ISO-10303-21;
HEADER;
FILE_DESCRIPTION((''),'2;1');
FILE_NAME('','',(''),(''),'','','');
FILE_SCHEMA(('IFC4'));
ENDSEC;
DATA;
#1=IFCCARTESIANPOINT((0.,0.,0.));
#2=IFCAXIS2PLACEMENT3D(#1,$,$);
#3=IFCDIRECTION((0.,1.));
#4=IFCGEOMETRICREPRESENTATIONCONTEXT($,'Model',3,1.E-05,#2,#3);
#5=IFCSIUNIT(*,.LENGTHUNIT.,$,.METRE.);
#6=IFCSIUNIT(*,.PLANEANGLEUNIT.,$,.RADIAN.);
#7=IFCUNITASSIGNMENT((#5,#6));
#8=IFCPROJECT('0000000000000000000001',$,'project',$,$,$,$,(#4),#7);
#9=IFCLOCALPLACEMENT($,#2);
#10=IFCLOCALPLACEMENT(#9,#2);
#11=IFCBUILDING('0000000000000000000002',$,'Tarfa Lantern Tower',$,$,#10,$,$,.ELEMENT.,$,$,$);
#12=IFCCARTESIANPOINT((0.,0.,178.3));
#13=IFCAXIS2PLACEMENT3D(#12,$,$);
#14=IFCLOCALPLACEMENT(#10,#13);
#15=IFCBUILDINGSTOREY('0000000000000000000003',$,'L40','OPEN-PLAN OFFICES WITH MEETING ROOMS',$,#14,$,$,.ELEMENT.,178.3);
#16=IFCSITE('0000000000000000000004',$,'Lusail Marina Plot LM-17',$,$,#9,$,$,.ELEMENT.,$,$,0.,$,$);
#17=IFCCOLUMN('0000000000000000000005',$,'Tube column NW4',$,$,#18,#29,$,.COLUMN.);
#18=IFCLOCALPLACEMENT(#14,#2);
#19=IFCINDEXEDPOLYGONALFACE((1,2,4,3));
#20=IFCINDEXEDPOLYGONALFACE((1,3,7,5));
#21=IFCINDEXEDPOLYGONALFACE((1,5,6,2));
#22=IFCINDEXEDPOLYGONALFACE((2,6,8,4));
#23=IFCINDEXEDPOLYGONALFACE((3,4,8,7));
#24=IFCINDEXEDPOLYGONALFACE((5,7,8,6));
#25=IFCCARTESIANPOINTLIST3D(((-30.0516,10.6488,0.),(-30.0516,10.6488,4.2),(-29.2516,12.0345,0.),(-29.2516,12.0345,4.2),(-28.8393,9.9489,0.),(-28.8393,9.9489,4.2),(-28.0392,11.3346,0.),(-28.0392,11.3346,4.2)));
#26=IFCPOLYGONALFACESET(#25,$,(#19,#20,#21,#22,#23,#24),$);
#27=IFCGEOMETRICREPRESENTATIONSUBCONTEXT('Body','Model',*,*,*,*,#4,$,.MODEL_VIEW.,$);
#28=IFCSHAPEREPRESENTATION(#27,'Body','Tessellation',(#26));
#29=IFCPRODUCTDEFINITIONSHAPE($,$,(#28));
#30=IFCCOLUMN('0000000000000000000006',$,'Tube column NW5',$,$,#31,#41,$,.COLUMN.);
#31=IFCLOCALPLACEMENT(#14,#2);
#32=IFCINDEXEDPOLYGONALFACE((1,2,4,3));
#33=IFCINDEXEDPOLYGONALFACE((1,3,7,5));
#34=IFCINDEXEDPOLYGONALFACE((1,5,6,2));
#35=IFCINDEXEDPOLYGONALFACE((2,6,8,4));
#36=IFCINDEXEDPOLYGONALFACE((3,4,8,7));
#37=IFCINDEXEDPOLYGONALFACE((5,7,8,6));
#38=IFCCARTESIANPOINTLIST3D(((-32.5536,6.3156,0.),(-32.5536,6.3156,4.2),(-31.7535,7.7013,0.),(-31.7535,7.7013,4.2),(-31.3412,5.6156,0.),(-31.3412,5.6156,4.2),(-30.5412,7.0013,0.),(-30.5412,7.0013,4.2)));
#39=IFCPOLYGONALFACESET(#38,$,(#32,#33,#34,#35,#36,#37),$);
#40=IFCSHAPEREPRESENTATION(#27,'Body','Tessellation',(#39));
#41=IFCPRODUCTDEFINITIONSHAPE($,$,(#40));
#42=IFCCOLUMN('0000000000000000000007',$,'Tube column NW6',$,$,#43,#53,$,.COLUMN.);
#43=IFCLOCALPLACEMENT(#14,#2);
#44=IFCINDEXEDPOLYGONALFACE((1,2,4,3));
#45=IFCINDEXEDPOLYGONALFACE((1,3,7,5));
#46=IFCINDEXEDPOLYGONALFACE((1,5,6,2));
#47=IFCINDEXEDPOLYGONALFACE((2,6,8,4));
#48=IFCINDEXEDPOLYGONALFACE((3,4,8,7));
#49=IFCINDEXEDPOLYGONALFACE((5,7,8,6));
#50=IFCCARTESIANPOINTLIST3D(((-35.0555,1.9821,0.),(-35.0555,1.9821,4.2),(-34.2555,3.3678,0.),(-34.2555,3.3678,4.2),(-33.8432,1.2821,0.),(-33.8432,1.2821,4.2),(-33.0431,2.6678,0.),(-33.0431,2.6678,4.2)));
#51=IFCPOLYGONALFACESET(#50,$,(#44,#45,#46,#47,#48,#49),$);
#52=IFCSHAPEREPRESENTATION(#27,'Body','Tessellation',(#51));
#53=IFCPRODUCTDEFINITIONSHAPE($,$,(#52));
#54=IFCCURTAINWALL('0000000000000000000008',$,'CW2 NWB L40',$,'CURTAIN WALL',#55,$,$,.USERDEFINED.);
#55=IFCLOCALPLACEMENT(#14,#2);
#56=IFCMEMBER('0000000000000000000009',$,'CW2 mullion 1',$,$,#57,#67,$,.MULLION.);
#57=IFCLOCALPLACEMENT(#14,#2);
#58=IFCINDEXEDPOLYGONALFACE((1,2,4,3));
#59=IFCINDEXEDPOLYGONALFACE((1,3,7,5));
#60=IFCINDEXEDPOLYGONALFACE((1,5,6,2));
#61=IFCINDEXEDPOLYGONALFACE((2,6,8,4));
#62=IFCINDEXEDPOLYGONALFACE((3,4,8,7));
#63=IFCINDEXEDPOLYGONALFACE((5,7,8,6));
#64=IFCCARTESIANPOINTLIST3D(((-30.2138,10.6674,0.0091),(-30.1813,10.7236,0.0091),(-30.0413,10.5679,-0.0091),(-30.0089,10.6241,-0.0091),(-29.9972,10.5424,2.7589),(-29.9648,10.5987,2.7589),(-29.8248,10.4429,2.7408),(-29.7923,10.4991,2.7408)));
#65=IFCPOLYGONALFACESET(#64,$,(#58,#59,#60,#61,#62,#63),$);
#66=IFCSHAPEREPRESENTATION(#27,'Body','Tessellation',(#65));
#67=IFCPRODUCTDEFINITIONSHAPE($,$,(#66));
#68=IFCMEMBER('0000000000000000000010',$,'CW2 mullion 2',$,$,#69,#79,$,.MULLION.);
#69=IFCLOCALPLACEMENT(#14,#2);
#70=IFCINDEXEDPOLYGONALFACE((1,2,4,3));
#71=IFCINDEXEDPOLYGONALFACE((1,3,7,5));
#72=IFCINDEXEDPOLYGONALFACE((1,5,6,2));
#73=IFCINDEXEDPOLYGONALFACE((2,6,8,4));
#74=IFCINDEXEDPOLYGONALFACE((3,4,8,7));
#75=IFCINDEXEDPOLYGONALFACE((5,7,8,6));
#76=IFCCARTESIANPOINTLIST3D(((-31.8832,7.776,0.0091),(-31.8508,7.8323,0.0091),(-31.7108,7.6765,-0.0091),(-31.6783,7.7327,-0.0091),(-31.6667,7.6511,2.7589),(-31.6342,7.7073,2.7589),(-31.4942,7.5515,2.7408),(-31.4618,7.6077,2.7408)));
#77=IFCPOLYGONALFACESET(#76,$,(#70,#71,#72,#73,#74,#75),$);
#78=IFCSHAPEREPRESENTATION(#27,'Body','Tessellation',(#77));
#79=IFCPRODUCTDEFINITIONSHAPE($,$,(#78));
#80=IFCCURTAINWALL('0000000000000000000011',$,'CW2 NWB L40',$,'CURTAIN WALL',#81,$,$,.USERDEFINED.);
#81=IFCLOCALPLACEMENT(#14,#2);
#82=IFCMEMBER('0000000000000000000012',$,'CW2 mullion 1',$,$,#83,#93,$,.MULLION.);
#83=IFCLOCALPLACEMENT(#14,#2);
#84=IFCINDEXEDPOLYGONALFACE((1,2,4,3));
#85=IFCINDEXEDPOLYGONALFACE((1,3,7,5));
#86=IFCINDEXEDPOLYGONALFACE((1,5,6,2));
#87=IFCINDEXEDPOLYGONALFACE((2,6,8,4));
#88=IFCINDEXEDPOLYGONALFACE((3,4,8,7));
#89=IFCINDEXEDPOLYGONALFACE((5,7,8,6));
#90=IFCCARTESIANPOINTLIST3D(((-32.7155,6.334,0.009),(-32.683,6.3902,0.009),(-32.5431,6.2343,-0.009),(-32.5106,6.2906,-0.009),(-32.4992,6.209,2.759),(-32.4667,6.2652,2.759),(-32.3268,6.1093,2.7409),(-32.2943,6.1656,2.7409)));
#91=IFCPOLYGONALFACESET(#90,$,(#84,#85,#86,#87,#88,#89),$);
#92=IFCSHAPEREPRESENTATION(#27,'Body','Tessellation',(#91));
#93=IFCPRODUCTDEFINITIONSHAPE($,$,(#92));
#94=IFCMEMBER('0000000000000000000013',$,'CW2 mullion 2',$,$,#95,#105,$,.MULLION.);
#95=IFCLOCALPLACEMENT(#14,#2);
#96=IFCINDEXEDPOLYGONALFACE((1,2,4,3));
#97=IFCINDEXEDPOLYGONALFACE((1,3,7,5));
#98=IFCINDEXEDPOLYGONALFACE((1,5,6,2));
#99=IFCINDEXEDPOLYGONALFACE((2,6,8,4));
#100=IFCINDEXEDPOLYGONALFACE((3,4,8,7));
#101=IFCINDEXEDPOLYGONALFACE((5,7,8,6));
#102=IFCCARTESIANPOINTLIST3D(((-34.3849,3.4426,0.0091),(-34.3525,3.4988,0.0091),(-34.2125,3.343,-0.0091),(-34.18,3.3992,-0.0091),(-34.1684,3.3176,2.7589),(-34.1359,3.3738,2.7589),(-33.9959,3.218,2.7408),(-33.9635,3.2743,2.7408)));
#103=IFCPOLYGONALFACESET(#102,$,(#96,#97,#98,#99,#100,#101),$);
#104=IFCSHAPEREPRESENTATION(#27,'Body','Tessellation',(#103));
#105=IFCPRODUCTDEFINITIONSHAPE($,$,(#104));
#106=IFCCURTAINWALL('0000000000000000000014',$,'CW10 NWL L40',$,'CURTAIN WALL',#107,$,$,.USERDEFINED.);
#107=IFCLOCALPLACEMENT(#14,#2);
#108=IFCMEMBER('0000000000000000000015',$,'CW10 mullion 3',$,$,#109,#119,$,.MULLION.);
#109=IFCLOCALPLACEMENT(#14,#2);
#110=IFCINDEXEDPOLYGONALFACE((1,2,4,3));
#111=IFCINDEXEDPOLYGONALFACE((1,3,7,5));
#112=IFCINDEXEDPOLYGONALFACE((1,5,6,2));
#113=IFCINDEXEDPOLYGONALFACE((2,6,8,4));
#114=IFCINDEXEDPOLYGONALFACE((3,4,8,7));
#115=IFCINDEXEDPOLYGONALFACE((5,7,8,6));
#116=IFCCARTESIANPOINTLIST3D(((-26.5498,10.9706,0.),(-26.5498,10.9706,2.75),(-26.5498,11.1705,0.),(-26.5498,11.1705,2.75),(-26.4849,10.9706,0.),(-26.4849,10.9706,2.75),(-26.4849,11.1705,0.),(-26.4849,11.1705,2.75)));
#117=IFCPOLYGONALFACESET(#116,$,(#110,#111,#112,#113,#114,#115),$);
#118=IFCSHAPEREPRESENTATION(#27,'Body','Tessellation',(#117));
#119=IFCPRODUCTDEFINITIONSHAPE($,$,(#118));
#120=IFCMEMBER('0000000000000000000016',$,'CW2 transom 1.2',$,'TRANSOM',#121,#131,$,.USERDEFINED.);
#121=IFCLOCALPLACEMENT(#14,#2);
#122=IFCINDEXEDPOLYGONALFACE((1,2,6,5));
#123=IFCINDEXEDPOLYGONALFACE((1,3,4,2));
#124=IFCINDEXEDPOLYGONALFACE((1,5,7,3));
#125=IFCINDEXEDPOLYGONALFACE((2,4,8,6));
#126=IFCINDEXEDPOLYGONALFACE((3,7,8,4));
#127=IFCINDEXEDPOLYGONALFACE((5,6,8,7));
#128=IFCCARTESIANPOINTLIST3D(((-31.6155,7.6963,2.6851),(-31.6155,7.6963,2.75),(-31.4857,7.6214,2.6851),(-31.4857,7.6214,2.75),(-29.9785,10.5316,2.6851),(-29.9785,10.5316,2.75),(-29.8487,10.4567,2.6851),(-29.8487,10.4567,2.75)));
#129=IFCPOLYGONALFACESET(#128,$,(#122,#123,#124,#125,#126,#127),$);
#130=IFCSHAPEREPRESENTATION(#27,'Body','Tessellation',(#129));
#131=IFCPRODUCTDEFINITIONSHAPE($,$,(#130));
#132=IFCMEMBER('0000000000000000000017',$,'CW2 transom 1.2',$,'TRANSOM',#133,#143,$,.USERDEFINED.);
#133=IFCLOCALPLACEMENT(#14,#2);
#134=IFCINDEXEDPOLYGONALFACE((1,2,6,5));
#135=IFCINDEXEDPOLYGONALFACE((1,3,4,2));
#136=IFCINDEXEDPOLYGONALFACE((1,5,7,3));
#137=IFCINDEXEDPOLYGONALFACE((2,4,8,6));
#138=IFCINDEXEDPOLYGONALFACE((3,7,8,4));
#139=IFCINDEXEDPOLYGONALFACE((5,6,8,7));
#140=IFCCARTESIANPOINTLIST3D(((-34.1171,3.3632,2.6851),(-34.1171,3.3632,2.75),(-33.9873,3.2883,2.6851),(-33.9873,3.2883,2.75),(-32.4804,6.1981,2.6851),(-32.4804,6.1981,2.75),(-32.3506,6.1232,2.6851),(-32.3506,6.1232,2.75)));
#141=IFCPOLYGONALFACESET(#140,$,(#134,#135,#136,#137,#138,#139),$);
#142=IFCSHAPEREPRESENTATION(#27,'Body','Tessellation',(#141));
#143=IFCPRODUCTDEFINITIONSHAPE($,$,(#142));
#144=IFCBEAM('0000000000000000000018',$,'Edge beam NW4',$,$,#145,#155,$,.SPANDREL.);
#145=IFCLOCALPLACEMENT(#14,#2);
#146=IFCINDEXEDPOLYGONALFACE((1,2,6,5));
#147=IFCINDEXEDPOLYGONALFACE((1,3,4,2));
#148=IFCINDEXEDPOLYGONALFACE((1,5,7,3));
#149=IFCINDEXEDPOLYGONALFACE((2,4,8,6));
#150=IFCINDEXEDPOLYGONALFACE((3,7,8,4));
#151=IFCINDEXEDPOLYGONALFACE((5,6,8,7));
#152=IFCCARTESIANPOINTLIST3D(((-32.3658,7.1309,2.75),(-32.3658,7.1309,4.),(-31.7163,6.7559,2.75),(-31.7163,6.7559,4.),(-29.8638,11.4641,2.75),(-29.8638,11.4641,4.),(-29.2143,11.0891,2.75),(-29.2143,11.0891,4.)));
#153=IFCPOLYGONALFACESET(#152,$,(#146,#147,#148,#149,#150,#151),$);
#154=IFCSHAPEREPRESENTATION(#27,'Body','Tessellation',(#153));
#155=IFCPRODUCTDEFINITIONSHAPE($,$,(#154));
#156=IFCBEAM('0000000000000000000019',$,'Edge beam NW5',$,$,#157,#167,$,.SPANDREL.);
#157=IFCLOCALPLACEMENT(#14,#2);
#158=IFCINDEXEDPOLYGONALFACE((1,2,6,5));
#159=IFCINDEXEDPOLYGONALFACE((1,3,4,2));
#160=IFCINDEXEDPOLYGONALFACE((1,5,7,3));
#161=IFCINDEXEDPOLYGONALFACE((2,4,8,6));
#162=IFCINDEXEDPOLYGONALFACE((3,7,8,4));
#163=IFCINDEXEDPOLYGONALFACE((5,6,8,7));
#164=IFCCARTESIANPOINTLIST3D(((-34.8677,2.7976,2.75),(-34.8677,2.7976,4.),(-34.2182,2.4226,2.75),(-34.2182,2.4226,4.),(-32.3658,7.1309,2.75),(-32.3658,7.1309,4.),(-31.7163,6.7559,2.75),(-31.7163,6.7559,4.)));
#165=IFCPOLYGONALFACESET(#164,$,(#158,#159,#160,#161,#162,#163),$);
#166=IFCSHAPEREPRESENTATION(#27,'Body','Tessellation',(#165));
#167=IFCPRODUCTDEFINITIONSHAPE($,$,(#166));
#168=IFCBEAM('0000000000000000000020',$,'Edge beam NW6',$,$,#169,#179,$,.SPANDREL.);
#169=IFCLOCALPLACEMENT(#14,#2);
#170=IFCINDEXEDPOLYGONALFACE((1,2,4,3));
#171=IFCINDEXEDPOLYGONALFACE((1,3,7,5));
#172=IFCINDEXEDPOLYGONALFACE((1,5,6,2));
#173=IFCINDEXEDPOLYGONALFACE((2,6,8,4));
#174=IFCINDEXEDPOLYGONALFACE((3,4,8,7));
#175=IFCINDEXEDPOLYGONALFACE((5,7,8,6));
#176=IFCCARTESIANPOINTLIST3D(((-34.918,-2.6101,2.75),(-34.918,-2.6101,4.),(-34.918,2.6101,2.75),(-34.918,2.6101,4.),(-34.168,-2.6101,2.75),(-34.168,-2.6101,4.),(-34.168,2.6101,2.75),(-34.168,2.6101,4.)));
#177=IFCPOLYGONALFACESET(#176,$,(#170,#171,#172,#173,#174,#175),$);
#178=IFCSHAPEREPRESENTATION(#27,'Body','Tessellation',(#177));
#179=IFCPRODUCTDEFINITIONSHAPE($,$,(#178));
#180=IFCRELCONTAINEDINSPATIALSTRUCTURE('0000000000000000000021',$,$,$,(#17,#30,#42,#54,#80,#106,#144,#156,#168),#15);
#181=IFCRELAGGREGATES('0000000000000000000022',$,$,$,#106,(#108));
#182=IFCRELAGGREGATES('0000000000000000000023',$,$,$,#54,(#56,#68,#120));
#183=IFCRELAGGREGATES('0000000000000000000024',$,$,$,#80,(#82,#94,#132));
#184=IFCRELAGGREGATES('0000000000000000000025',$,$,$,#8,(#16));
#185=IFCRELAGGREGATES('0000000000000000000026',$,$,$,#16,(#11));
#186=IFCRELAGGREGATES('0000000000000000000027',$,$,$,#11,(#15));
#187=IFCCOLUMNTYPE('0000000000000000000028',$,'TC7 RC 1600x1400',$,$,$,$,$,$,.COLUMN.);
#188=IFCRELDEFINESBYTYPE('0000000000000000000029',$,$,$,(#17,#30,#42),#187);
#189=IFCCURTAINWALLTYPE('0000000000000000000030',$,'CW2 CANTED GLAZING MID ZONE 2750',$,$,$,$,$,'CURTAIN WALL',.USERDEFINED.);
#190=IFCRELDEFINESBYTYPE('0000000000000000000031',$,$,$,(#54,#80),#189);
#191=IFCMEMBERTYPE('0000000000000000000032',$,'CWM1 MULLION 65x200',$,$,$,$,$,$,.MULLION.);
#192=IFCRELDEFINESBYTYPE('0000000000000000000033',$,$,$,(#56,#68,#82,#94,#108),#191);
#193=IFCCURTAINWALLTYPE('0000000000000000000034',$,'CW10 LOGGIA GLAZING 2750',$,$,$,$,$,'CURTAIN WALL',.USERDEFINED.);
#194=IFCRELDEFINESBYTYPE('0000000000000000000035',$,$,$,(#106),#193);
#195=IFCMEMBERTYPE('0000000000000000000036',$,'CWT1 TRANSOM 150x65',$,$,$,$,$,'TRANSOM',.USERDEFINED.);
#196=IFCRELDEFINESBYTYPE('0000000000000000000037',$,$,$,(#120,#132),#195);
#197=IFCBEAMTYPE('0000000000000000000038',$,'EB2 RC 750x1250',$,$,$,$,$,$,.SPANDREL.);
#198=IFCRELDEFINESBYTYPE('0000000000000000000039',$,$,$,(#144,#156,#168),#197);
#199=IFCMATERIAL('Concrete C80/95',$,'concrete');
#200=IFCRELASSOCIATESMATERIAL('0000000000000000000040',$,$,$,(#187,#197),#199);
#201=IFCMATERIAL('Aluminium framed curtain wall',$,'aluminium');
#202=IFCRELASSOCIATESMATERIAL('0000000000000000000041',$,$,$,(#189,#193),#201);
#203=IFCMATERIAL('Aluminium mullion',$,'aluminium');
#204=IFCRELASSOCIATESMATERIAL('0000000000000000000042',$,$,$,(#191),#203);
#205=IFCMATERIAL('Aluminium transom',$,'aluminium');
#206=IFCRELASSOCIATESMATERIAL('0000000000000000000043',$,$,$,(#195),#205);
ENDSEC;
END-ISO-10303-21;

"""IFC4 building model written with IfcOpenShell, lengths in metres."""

from ifc_helpers import new_model, si_unit, direction, frame, origin, origin_2d, place, context, subcontext, project, spatial, rectangle, extrude, material, material_profile, profile_set, type_object, element, aggregate, save


model = new_model("IFC4")

# Units and contexts
model_context = context("Model", 3, precision=1e-05, world=origin(), true_north=direction((0.0, 1.0)))
body_context = subcontext(model_context, "Body", "Model", "MODEL_VIEW")
ifc_project = project(units=[si_unit("LENGTHUNIT", "METRE"), si_unit("PLANEANGLEUNIT", "RADIAN")], contexts=[model_context])

# Site, building, storey
site_placement = place(None, origin())
site = spatial("IfcSite", under=ifc_project, at=site_placement, Name="Lusail Marina Plot LM-17", CompositionType="ELEMENT", RefElevation=0.0)
building_placement = place(site_placement, origin())
building = spatial("IfcBuilding", under=site, at=building_placement, Name="Tarfa Lantern Tower", CompositionType="ELEMENT")
storey_placement = place(building_placement, frame((0.0, 0.0, 178.3)))
storey = spatial("IfcBuildingStorey", under=building, at=storey_placement, Name="L40", Description="OPEN-PLAN OFFICES WITH MEETING ROOMS", CompositionType="ELEMENT", Elevation=178.3)

# Columns
ifc_material_1 = material(Name="Concrete C80/95", Category="concrete")
ifc_material_profile_1 = material_profile(ifc_material_1, rectangle(XDim=1.6001, YDim=1.3999, at=origin_2d()), Name="RC 1600x1400")
ifc_profile_set_1 = profile_set([ifc_material_profile_1], Name="Concrete C80/95")
column_type = type_object("IfcColumnType", Name="TC7 RC 1600x1400", PredefinedType="COLUMN", material=ifc_profile_set_1)
for number, where, z_axis, x_axis, name in (
    (1, (-29.0454, 10.9917, 0.0), (0.0, 0.0, 1.0), (-0.5, -0.866025, 0.0), "Tube column NW4"),
    (2, (-31.5474, 6.6584, 0.0), (0.0, 0.0, 1.0), (-0.5, -0.866025, 0.0), "Tube column NW5"),
    (3, (-34.0493, 2.325, 0.0), (0.0, 0.0, 1.0), (-0.5, -0.866025, 0.0), "Tube column NW6"),
):
    element("IfcColumn", number, at=place(storey_placement, frame(where, z_axis=z_axis, x_axis=x_axis)), inside=storey, type_object=column_type, Name=name, PredefinedType="COLUMN", context=body_context, shape_type="SweptSolid", body=[
        extrude(rectangle(XDim=1.6001, YDim=1.3999, at=origin_2d()), origin(), (0.0, 0.0, 1.0), 4.2),
    ])

# Curtain walls, members
ifc_material_2 = material(Name="Aluminium framed curtain wall", Category="aluminium")
curtain_wall_type_1 = type_object("IfcCurtainWallType", Name="CW2 CANTED GLAZING MID ZONE 2750", ElementType="CURTAIN WALL", PredefinedType="USERDEFINED", material=ifc_material_2)
curtain_wall_1_placement = place(storey_placement, origin())
curtain_wall_1 = element("IfcCurtainWall", 4, at=curtain_wall_1_placement, inside=storey, type_object=curtain_wall_type_1, Name="CW2 NWB L40", ObjectType="CURTAIN WALL", PredefinedType="USERDEFINED")
ifc_material_3 = material(Name="Aluminium mullion", Category="aluminium")
ifc_material_profile_2 = material_profile(ifc_material_3, rectangle(XDim=0.0649, YDim=0.2, at=origin_2d()), Name="AL MULLION 65x200")
ifc_profile_set_2 = profile_set([ifc_material_profile_2], Name="Aluminium mullion")
member_type_1 = type_object("IfcMemberType", Name="CWM1 MULLION 65x200", PredefinedType="MULLION", material=ifc_profile_set_2)
member_1_placement = place(storey_placement, frame((-30.1113, 10.6458, 0.0), z_axis=(0.078423, -0.045268, 0.995892), x_axis=(0.49992, 0.866072, 0.0)))
member_1 = element("IfcMember", 5, at=member_1_placement, type_object=member_type_1, Name="CW2 mullion 1", PredefinedType="MULLION", context=body_context, shape_type="SweptSolid", body=[
    extrude(rectangle(XDim=0.0649, YDim=0.2, at=origin_2d()), origin(), (0.0, 0.0, 1.0), 2.7612),
])
member_2_placement = place(storey_placement, frame((-31.7808, 7.7544, 0.0), z_axis=(0.078423, -0.045268, 0.995892), x_axis=(0.49992, 0.866072, 0.0)))
member_2 = element("IfcMember", 6, at=member_2_placement, type_object=member_type_1, Name="CW2 mullion 2", PredefinedType="MULLION", context=body_context, shape_type="SweptSolid", body=[
    extrude(rectangle(XDim=0.0649, YDim=0.2, at=origin_2d()), origin(), (0.0, 0.0, 1.0), 2.7612),
])
curtain_wall_2_placement = place(storey_placement, origin())
curtain_wall_2 = element("IfcCurtainWall", 7, at=curtain_wall_2_placement, inside=storey, type_object=curtain_wall_type_1, Name="CW2 NWB L40", ObjectType="CURTAIN WALL", PredefinedType="USERDEFINED")
member_3_placement = place(storey_placement, frame((-32.613, 6.3123, 0.0), z_axis=(0.078335, -0.045268, 0.995899), x_axis=(0.500343, 0.865827, 0.0)))
member_3 = element("IfcMember", 8, at=member_3_placement, type_object=member_type_1, Name="CW2 mullion 1", PredefinedType="MULLION", context=body_context, shape_type="SweptSolid", body=[
    extrude(rectangle(XDim=0.0649, YDim=0.2, at=origin_2d()), origin(), (0.0, 0.0, 1.0), 2.7612),
])
member_4_placement = place(storey_placement, frame((-34.2825, 3.4209, 0.0), z_axis=(0.078423, -0.045268, 0.995892), x_axis=(0.49992, 0.866072, 0.0)))
member_4 = element("IfcMember", 9, at=member_4_placement, type_object=member_type_1, Name="CW2 mullion 2", PredefinedType="MULLION", context=body_context, shape_type="SweptSolid", body=[
    extrude(rectangle(XDim=0.0649, YDim=0.2, at=origin_2d()), origin(), (0.0, 0.0, 1.0), 2.7612),
])

# Curtain wall, member
curtain_wall_type_2 = type_object("IfcCurtainWallType", Name="CW10 LOGGIA GLAZING 2750", ElementType="CURTAIN WALL", PredefinedType="USERDEFINED", material=ifc_material_2)
curtain_wall_3_placement = place(storey_placement, origin())
curtain_wall_3 = element("IfcCurtainWall", 10, at=curtain_wall_3_placement, inside=storey, type_object=curtain_wall_type_2, Name="CW10 NWL L40", ObjectType="CURTAIN WALL", PredefinedType="USERDEFINED")
member_5_placement = place(storey_placement, frame((-26.5173, 11.0706, 0.0), z_axis=(0.0, 0.0, 1.0), x_axis=(1.0, 0.0, 0.0)))
member_5 = element("IfcMember", 11, at=member_5_placement, type_object=member_type_1, Name="CW10 mullion 3", PredefinedType="MULLION", context=body_context, shape_type="SweptSolid", body=[
    extrude(rectangle(XDim=0.0649, YDim=0.2, at=origin_2d()), origin(), (0.0, 0.0, 1.0), 2.75),
])
aggregate(curtain_wall_3, [member_5])

# Members
ifc_material_4 = material(Name="Aluminium transom", Category="aluminium")
ifc_material_profile_3 = material_profile(ifc_material_4, rectangle(XDim=0.1499, YDim=0.0649, at=origin_2d()), Name="AL TRANSOM 150x65")
ifc_profile_set_3 = profile_set([ifc_material_profile_3], Name="Aluminium transom")
member_type_2 = type_object("IfcMemberType", Name="CWT1 TRANSOM 150x65", ElementType="TRANSOM", PredefinedType="USERDEFINED", material=ifc_profile_set_3)
member_6_placement = place(storey_placement, frame((-29.9136, 10.4941, 2.7175), z_axis=(-0.500013, -0.866018, 0.0), x_axis=(0.866018, -0.500013, 0.0)))
member_6 = element("IfcMember", 12, at=member_6_placement, type_object=member_type_2, Name="CW2 transom 1.2", ObjectType="TRANSOM", PredefinedType="USERDEFINED", context=body_context, shape_type="SweptSolid", body=[
    extrude(rectangle(XDim=0.1499, YDim=0.0649, at=origin_2d()), origin(), (0.0, 0.0, 1.0), 3.2739),
])
member_7_placement = place(storey_placement, frame((-32.4155, 6.1606, 2.7175), z_axis=(-0.499989, -0.866032, 0.0), x_axis=(0.866032, -0.499989, 0.0)))
member_7 = element("IfcMember", 13, at=member_7_placement, type_object=member_type_2, Name="CW2 transom 1.2", ObjectType="TRANSOM", PredefinedType="USERDEFINED", context=body_context, shape_type="SweptSolid", body=[
    extrude(rectangle(XDim=0.1499, YDim=0.0649, at=origin_2d()), origin(), (0.0, 0.0, 1.0), 3.2734),
])

# Beams
ifc_material_profile_4 = material_profile(ifc_material_1, rectangle(XDim=0.75, YDim=1.25, at=origin_2d()), Name="RC 750x1250")
ifc_profile_set_4 = profile_set([ifc_material_profile_4], Name="Concrete C80/95")
beam_type_1 = type_object("IfcBeamType", Name="EB2 RC 750x1250", PredefinedType="SPANDREL", material=ifc_profile_set_4)
for number, where, z_axis, x_axis, name in (
    (14, (-29.5391, 11.2766, 3.375), (-0.500022, -0.866013, 0.0), (0.866013, -0.500022, 0.0), "Edge beam NW4"),
    (15, (-32.041, 6.9434, 3.375), (-0.500022, -0.866013, 0.0), (0.866013, -0.500022, 0.0), "Edge beam NW5"),
):
    element("IfcBeam", number, at=place(storey_placement, frame(where, z_axis=z_axis, x_axis=x_axis)), inside=storey, type_object=beam_type_1, Name=name, PredefinedType="SPANDREL", context=body_context, shape_type="SweptSolid", body=[
        extrude(rectangle(XDim=0.75, YDim=1.25, at=origin_2d()), origin(), (0.0, 0.0, 1.0), 5.0037),
    ])
beam_1_placement = place(storey_placement, frame((-34.543, 2.6101, 3.375), z_axis=(0.0, -1.0, 0.0), x_axis=(1.0, 0.0, 0.0)))
element("IfcBeam", 16, at=beam_1_placement, inside=storey, type_object=beam_type_1, Name="Edge beam NW6", PredefinedType="SPANDREL", context=body_context, shape_type="SweptSolid", body=[
    extrude(rectangle(XDim=0.75, YDim=1.25, at=origin_2d()), origin(), (0.0, 0.0, 1.0), 5.2202),
])

aggregate(curtain_wall_1, [member_1, member_2, member_6])
aggregate(curtain_wall_2, [member_3, member_4, member_7])

save(model, "model.ifc")
